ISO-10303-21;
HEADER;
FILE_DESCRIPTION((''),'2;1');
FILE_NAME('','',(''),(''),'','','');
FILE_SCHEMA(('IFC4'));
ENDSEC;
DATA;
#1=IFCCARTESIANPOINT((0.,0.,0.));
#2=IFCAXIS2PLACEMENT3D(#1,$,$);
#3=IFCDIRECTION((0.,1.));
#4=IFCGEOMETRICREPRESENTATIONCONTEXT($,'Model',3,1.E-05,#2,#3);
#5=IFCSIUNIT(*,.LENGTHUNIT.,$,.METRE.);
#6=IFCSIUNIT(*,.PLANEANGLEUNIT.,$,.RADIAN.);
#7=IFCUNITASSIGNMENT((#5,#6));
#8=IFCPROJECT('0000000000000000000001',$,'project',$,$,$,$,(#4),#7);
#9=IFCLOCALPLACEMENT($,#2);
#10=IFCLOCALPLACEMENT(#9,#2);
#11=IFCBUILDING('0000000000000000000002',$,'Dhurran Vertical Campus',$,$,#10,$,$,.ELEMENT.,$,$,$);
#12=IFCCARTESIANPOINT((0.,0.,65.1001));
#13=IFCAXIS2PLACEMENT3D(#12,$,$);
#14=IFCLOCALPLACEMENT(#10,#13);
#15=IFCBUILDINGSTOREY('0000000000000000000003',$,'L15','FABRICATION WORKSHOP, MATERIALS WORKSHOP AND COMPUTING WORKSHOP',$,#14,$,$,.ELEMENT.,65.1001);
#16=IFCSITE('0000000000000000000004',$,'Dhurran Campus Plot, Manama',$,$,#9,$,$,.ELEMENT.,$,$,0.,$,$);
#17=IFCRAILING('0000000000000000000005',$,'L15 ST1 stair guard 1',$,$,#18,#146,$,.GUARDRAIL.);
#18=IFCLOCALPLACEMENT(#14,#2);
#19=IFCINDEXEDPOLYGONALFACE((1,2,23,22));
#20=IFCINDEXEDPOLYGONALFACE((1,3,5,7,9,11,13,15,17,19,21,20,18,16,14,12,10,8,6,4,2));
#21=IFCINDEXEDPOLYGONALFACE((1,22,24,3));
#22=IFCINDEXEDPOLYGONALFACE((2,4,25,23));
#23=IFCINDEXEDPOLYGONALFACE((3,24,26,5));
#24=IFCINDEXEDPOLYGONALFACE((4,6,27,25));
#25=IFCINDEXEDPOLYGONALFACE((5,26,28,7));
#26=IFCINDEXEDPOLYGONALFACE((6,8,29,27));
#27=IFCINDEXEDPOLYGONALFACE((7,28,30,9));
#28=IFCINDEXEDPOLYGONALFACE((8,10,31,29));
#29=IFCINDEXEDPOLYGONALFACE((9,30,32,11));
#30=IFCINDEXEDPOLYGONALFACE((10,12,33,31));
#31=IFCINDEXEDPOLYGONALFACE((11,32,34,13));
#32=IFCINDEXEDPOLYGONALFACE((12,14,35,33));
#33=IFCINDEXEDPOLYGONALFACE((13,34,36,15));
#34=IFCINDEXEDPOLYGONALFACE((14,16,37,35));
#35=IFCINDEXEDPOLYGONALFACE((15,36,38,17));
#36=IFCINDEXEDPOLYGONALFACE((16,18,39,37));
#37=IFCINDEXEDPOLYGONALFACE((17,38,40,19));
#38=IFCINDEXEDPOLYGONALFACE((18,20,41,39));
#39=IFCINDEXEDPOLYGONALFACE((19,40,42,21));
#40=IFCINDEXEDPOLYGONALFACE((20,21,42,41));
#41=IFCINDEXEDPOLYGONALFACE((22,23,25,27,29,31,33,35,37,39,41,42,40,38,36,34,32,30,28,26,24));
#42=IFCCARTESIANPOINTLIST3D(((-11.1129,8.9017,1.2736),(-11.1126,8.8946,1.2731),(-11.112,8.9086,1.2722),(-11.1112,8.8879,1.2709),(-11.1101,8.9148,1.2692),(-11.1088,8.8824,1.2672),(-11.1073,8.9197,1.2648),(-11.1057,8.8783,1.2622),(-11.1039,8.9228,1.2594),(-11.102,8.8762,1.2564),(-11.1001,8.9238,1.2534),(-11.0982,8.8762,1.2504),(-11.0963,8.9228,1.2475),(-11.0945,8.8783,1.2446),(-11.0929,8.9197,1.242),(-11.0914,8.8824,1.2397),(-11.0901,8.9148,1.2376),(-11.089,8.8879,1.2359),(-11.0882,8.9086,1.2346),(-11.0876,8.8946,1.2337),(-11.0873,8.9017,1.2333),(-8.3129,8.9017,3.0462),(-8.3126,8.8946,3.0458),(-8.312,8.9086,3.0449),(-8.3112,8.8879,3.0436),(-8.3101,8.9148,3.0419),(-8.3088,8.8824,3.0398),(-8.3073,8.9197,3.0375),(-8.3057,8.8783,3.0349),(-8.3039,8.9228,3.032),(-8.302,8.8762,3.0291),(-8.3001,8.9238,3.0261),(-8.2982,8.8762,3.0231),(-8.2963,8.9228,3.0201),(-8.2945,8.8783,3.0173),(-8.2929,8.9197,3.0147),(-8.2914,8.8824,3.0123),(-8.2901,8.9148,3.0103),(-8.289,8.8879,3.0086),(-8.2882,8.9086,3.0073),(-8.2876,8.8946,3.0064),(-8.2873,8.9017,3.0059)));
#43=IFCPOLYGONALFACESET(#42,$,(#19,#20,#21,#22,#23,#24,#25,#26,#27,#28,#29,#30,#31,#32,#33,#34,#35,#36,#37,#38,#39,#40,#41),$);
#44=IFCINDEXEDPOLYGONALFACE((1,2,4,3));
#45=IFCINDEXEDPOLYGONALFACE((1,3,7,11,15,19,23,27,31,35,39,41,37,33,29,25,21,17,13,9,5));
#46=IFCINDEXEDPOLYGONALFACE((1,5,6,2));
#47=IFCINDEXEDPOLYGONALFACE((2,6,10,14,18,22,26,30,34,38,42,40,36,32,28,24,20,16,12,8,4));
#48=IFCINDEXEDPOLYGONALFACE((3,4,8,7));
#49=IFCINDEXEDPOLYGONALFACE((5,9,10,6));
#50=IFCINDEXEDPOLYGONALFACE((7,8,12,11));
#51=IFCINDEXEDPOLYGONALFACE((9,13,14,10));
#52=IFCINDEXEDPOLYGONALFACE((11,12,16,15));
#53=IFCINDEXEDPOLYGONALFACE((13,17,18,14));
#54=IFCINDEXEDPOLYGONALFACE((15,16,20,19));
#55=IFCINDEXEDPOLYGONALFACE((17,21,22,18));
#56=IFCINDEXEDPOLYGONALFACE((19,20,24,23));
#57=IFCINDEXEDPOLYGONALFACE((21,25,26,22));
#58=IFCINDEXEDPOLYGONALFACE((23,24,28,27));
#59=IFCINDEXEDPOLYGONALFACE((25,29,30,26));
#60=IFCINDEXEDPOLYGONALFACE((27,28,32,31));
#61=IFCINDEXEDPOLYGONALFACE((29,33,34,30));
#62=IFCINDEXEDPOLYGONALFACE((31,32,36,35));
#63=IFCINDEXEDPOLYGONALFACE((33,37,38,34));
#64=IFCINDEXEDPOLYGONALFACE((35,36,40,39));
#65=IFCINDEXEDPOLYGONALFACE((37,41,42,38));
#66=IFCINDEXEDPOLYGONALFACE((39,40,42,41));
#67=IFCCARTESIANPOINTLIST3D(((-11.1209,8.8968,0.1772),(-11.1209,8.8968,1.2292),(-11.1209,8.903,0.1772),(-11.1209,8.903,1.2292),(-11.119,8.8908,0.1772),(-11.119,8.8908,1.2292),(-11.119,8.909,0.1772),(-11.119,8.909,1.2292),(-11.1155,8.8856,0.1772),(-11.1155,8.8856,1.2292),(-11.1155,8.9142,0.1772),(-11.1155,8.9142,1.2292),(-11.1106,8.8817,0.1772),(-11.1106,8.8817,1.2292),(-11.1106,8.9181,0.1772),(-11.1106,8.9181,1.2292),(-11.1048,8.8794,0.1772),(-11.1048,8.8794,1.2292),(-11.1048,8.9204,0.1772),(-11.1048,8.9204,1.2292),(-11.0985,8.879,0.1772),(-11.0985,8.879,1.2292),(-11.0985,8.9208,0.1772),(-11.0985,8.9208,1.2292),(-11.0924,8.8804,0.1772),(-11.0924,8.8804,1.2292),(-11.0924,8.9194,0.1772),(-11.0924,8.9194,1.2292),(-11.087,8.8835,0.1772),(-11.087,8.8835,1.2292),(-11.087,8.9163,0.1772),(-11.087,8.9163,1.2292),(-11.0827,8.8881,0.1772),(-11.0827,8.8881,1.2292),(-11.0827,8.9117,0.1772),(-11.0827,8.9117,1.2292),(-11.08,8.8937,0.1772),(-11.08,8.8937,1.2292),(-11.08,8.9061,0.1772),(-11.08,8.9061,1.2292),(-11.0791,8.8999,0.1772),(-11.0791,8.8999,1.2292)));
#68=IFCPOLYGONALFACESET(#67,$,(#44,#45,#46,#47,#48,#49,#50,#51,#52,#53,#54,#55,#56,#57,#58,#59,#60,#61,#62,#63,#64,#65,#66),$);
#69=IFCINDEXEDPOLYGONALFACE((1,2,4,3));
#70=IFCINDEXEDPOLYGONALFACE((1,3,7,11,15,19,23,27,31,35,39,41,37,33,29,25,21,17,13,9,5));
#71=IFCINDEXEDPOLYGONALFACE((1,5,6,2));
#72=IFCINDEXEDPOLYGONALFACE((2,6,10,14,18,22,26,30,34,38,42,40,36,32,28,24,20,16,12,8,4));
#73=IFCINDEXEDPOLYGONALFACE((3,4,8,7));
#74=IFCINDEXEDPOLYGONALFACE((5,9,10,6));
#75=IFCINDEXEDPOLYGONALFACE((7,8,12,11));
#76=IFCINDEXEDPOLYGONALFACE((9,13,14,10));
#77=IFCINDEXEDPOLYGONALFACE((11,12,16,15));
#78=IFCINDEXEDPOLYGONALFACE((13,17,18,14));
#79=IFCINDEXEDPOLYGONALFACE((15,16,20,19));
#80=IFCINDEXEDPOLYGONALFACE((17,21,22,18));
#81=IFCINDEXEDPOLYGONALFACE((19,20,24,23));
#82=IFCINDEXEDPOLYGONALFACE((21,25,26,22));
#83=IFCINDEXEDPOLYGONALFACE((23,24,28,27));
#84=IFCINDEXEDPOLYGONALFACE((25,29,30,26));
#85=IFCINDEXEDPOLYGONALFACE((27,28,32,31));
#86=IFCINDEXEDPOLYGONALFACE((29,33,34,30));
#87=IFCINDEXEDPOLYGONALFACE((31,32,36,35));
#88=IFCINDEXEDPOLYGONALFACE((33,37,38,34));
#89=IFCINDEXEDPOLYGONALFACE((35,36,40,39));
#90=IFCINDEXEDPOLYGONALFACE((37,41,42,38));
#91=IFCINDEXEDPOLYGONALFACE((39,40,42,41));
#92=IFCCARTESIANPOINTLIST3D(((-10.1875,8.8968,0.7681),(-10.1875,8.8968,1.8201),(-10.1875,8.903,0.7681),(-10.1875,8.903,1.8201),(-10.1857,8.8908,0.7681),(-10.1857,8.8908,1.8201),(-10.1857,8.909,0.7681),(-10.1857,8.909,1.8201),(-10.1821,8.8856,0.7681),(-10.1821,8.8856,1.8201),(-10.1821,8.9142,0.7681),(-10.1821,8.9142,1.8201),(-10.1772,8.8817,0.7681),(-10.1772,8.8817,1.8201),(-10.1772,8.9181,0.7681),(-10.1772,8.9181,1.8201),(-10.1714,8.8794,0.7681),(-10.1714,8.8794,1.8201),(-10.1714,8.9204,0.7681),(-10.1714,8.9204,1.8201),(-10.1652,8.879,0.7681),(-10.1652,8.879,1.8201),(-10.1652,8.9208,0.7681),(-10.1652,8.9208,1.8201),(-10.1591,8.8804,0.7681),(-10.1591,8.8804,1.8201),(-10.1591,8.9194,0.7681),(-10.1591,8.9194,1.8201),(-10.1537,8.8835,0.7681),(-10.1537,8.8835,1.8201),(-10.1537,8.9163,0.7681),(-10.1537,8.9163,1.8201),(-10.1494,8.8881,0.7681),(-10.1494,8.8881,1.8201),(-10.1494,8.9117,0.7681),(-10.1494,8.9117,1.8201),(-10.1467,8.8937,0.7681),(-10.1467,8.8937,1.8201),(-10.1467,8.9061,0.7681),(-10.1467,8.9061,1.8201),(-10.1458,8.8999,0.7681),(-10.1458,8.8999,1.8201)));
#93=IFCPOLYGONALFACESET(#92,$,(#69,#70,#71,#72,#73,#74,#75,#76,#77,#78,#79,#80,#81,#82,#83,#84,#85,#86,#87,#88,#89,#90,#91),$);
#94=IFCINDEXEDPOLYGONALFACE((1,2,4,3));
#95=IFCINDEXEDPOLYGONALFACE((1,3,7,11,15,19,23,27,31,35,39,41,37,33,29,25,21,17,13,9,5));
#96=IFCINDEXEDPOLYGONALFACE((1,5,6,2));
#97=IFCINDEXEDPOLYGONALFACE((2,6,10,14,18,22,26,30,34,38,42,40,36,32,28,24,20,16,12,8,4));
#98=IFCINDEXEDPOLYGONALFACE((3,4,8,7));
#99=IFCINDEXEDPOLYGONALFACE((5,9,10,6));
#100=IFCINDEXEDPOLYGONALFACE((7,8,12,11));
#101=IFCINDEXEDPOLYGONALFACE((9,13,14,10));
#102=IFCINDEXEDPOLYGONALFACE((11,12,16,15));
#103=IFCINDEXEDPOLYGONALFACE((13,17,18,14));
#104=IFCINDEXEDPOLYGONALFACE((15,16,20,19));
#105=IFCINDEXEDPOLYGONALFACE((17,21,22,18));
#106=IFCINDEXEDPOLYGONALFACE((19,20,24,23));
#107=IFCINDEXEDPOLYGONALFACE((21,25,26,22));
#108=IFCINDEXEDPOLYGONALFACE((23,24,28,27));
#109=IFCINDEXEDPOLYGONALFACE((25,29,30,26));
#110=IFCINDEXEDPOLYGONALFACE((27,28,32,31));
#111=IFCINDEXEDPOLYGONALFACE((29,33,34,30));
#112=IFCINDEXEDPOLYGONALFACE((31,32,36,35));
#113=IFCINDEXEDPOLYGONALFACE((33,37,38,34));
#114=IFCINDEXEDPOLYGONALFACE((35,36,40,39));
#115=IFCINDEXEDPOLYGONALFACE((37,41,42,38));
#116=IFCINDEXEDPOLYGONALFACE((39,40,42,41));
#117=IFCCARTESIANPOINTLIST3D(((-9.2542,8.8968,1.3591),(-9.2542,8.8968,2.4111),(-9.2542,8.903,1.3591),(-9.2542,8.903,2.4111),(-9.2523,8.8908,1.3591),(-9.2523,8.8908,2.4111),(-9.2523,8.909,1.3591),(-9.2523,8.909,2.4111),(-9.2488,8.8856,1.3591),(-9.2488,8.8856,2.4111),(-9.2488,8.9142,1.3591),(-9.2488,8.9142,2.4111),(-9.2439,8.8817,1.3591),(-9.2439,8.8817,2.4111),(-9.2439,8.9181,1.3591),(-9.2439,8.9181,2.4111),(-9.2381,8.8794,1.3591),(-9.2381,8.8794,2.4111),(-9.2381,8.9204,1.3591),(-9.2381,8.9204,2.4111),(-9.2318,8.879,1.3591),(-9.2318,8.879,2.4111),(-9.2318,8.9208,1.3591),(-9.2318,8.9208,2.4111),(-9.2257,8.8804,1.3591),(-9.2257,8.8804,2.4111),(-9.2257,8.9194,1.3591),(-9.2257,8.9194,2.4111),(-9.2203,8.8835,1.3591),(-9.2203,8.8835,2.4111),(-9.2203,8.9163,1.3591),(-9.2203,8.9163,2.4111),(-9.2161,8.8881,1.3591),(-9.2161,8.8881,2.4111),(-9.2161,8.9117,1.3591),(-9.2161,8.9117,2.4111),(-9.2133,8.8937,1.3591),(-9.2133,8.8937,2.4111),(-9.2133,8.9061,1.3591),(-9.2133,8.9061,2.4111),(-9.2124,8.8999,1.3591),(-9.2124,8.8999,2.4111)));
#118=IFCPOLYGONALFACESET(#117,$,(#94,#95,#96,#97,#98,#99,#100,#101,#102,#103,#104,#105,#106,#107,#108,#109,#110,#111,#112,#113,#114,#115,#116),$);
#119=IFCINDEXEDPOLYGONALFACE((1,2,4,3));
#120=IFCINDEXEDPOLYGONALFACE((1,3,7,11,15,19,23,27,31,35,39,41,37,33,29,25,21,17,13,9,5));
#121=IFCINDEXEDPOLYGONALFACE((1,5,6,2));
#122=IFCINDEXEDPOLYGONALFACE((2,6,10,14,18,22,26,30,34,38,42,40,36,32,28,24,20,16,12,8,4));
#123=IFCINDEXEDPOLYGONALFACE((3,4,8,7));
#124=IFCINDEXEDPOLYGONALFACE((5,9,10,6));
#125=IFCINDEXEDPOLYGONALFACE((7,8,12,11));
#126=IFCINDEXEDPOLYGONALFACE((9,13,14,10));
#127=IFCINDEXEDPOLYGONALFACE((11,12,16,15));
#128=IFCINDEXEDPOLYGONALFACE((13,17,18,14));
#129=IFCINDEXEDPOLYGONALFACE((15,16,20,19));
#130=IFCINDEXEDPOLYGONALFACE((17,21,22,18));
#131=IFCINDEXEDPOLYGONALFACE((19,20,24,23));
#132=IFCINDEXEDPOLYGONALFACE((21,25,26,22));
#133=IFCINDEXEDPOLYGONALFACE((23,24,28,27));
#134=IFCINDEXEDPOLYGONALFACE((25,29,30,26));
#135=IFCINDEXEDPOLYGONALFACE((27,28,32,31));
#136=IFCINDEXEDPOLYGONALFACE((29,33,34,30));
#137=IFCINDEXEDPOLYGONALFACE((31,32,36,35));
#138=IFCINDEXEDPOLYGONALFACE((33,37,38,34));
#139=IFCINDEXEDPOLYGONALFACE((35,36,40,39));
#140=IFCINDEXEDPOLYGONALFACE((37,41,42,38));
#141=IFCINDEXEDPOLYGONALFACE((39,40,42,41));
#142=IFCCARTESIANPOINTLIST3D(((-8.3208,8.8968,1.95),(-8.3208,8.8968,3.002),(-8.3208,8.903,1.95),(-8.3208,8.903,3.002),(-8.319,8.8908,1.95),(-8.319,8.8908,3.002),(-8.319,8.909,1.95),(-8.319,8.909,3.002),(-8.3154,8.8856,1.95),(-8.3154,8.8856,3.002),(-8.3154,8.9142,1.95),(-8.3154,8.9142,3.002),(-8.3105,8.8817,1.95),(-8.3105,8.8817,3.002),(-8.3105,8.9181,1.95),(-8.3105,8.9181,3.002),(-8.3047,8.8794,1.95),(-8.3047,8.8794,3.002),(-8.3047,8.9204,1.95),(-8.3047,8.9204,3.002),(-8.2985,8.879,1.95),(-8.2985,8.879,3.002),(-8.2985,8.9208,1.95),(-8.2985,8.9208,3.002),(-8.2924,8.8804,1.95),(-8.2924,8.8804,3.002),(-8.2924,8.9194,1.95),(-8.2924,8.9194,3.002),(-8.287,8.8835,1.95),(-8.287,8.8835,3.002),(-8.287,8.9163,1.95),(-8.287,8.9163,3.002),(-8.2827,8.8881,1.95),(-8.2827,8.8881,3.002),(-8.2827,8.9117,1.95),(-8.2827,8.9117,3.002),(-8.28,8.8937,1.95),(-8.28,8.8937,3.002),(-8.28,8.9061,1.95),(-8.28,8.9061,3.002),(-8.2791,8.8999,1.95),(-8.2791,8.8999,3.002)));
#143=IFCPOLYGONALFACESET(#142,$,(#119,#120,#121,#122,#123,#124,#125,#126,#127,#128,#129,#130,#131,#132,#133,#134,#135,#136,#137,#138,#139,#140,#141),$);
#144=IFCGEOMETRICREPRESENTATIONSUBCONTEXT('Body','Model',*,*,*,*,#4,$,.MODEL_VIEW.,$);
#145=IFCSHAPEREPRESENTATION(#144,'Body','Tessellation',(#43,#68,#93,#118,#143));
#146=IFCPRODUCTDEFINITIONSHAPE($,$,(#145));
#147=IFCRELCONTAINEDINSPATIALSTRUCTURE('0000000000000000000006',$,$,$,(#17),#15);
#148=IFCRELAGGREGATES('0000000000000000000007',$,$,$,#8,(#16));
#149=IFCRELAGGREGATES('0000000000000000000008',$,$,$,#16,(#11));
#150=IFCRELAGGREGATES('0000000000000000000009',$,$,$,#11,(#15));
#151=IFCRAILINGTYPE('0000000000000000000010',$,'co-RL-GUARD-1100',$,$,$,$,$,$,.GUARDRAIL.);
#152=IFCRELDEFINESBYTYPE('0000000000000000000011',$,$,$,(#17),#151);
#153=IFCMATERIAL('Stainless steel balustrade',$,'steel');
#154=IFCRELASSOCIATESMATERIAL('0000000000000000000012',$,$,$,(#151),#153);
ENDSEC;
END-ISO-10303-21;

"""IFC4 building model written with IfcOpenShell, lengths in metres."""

from ifc_helpers import new_model, si_unit, direction, frame, origin, origin_2d, place, context, subcontext, project, spatial, circle, extrude, material, type_object, element, save


model = new_model("IFC4")

# Units and contexts
model_context = context("Model", 3, precision=1e-05, world=origin(), true_north=direction((0.0, 1.0)))
body_context = subcontext(model_context, "Body", "Model", "MODEL_VIEW")
ifc_project = project(units=[si_unit("LENGTHUNIT", "METRE"), si_unit("PLANEANGLEUNIT", "RADIAN")], contexts=[model_context])

# Site, building, storey
site_placement = place(None, origin())
site = spatial("IfcSite", under=ifc_project, at=site_placement, Name="Dhurran Campus Plot, Manama", CompositionType="ELEMENT", RefElevation=0.0)
building_placement = place(site_placement, origin())
building = spatial("IfcBuilding", under=site, at=building_placement, Name="Dhurran Vertical Campus", CompositionType="ELEMENT")
storey_placement = place(building_placement, frame((0.0, 0.0, 65.1001)))
storey = spatial("IfcBuildingStorey", under=building, at=storey_placement, Name="L15", Description="FABRICATION WORKSHOP, MATERIALS WORKSHOP AND COMPUTING WORKSHOP", CompositionType="ELEMENT", Elevation=65.1001)

# Railing
ifc_material_1 = material(Name="Stainless steel balustrade", Category="steel")
railing_type_1 = type_object("IfcRailingType", Name="co-RL-GUARD-1100", PredefinedType="GUARDRAIL", material=ifc_material_1)
railing_1_placement = place(storey_placement, frame((-11.1001, 8.8999, 0.1772)))
element("IfcRailing", 1, at=railing_1_placement, inside=storey, type_object=railing_type_1, Name="L15 ST1 stair guard 1", PredefinedType="GUARDRAIL", context=body_context, shape_type="SweptSolid", body=[
    extrude(circle(Radius=0.0239, at=origin_2d()), frame((0.0, 0.0, 1.0762), z_axis=(0.844909, 0.0, 0.53491), x_axis=(0.0, 1.0, 0.0)), (0.0, 0.0, 1.0), 3.314),
    extrude(circle(Radius=0.021, at=origin_2d()), origin(), (0.0, 0.0, 1.0), 1.052),
    extrude(circle(Radius=0.021, at=origin_2d()), frame((0.9333, 0.0, 0.5908)), (0.0, 0.0, 1.0), 1.052),
    extrude(circle(Radius=0.021, at=origin_2d()), frame((1.8667, 0.0, 1.1819)), (0.0, 0.0, 1.0), 1.052),
    extrude(circle(Radius=0.021, at=origin_2d()), frame((2.8, 0.0, 1.7727)), (0.0, 0.0, 1.0), 1.052),
])

save(model, "model.ifc")
